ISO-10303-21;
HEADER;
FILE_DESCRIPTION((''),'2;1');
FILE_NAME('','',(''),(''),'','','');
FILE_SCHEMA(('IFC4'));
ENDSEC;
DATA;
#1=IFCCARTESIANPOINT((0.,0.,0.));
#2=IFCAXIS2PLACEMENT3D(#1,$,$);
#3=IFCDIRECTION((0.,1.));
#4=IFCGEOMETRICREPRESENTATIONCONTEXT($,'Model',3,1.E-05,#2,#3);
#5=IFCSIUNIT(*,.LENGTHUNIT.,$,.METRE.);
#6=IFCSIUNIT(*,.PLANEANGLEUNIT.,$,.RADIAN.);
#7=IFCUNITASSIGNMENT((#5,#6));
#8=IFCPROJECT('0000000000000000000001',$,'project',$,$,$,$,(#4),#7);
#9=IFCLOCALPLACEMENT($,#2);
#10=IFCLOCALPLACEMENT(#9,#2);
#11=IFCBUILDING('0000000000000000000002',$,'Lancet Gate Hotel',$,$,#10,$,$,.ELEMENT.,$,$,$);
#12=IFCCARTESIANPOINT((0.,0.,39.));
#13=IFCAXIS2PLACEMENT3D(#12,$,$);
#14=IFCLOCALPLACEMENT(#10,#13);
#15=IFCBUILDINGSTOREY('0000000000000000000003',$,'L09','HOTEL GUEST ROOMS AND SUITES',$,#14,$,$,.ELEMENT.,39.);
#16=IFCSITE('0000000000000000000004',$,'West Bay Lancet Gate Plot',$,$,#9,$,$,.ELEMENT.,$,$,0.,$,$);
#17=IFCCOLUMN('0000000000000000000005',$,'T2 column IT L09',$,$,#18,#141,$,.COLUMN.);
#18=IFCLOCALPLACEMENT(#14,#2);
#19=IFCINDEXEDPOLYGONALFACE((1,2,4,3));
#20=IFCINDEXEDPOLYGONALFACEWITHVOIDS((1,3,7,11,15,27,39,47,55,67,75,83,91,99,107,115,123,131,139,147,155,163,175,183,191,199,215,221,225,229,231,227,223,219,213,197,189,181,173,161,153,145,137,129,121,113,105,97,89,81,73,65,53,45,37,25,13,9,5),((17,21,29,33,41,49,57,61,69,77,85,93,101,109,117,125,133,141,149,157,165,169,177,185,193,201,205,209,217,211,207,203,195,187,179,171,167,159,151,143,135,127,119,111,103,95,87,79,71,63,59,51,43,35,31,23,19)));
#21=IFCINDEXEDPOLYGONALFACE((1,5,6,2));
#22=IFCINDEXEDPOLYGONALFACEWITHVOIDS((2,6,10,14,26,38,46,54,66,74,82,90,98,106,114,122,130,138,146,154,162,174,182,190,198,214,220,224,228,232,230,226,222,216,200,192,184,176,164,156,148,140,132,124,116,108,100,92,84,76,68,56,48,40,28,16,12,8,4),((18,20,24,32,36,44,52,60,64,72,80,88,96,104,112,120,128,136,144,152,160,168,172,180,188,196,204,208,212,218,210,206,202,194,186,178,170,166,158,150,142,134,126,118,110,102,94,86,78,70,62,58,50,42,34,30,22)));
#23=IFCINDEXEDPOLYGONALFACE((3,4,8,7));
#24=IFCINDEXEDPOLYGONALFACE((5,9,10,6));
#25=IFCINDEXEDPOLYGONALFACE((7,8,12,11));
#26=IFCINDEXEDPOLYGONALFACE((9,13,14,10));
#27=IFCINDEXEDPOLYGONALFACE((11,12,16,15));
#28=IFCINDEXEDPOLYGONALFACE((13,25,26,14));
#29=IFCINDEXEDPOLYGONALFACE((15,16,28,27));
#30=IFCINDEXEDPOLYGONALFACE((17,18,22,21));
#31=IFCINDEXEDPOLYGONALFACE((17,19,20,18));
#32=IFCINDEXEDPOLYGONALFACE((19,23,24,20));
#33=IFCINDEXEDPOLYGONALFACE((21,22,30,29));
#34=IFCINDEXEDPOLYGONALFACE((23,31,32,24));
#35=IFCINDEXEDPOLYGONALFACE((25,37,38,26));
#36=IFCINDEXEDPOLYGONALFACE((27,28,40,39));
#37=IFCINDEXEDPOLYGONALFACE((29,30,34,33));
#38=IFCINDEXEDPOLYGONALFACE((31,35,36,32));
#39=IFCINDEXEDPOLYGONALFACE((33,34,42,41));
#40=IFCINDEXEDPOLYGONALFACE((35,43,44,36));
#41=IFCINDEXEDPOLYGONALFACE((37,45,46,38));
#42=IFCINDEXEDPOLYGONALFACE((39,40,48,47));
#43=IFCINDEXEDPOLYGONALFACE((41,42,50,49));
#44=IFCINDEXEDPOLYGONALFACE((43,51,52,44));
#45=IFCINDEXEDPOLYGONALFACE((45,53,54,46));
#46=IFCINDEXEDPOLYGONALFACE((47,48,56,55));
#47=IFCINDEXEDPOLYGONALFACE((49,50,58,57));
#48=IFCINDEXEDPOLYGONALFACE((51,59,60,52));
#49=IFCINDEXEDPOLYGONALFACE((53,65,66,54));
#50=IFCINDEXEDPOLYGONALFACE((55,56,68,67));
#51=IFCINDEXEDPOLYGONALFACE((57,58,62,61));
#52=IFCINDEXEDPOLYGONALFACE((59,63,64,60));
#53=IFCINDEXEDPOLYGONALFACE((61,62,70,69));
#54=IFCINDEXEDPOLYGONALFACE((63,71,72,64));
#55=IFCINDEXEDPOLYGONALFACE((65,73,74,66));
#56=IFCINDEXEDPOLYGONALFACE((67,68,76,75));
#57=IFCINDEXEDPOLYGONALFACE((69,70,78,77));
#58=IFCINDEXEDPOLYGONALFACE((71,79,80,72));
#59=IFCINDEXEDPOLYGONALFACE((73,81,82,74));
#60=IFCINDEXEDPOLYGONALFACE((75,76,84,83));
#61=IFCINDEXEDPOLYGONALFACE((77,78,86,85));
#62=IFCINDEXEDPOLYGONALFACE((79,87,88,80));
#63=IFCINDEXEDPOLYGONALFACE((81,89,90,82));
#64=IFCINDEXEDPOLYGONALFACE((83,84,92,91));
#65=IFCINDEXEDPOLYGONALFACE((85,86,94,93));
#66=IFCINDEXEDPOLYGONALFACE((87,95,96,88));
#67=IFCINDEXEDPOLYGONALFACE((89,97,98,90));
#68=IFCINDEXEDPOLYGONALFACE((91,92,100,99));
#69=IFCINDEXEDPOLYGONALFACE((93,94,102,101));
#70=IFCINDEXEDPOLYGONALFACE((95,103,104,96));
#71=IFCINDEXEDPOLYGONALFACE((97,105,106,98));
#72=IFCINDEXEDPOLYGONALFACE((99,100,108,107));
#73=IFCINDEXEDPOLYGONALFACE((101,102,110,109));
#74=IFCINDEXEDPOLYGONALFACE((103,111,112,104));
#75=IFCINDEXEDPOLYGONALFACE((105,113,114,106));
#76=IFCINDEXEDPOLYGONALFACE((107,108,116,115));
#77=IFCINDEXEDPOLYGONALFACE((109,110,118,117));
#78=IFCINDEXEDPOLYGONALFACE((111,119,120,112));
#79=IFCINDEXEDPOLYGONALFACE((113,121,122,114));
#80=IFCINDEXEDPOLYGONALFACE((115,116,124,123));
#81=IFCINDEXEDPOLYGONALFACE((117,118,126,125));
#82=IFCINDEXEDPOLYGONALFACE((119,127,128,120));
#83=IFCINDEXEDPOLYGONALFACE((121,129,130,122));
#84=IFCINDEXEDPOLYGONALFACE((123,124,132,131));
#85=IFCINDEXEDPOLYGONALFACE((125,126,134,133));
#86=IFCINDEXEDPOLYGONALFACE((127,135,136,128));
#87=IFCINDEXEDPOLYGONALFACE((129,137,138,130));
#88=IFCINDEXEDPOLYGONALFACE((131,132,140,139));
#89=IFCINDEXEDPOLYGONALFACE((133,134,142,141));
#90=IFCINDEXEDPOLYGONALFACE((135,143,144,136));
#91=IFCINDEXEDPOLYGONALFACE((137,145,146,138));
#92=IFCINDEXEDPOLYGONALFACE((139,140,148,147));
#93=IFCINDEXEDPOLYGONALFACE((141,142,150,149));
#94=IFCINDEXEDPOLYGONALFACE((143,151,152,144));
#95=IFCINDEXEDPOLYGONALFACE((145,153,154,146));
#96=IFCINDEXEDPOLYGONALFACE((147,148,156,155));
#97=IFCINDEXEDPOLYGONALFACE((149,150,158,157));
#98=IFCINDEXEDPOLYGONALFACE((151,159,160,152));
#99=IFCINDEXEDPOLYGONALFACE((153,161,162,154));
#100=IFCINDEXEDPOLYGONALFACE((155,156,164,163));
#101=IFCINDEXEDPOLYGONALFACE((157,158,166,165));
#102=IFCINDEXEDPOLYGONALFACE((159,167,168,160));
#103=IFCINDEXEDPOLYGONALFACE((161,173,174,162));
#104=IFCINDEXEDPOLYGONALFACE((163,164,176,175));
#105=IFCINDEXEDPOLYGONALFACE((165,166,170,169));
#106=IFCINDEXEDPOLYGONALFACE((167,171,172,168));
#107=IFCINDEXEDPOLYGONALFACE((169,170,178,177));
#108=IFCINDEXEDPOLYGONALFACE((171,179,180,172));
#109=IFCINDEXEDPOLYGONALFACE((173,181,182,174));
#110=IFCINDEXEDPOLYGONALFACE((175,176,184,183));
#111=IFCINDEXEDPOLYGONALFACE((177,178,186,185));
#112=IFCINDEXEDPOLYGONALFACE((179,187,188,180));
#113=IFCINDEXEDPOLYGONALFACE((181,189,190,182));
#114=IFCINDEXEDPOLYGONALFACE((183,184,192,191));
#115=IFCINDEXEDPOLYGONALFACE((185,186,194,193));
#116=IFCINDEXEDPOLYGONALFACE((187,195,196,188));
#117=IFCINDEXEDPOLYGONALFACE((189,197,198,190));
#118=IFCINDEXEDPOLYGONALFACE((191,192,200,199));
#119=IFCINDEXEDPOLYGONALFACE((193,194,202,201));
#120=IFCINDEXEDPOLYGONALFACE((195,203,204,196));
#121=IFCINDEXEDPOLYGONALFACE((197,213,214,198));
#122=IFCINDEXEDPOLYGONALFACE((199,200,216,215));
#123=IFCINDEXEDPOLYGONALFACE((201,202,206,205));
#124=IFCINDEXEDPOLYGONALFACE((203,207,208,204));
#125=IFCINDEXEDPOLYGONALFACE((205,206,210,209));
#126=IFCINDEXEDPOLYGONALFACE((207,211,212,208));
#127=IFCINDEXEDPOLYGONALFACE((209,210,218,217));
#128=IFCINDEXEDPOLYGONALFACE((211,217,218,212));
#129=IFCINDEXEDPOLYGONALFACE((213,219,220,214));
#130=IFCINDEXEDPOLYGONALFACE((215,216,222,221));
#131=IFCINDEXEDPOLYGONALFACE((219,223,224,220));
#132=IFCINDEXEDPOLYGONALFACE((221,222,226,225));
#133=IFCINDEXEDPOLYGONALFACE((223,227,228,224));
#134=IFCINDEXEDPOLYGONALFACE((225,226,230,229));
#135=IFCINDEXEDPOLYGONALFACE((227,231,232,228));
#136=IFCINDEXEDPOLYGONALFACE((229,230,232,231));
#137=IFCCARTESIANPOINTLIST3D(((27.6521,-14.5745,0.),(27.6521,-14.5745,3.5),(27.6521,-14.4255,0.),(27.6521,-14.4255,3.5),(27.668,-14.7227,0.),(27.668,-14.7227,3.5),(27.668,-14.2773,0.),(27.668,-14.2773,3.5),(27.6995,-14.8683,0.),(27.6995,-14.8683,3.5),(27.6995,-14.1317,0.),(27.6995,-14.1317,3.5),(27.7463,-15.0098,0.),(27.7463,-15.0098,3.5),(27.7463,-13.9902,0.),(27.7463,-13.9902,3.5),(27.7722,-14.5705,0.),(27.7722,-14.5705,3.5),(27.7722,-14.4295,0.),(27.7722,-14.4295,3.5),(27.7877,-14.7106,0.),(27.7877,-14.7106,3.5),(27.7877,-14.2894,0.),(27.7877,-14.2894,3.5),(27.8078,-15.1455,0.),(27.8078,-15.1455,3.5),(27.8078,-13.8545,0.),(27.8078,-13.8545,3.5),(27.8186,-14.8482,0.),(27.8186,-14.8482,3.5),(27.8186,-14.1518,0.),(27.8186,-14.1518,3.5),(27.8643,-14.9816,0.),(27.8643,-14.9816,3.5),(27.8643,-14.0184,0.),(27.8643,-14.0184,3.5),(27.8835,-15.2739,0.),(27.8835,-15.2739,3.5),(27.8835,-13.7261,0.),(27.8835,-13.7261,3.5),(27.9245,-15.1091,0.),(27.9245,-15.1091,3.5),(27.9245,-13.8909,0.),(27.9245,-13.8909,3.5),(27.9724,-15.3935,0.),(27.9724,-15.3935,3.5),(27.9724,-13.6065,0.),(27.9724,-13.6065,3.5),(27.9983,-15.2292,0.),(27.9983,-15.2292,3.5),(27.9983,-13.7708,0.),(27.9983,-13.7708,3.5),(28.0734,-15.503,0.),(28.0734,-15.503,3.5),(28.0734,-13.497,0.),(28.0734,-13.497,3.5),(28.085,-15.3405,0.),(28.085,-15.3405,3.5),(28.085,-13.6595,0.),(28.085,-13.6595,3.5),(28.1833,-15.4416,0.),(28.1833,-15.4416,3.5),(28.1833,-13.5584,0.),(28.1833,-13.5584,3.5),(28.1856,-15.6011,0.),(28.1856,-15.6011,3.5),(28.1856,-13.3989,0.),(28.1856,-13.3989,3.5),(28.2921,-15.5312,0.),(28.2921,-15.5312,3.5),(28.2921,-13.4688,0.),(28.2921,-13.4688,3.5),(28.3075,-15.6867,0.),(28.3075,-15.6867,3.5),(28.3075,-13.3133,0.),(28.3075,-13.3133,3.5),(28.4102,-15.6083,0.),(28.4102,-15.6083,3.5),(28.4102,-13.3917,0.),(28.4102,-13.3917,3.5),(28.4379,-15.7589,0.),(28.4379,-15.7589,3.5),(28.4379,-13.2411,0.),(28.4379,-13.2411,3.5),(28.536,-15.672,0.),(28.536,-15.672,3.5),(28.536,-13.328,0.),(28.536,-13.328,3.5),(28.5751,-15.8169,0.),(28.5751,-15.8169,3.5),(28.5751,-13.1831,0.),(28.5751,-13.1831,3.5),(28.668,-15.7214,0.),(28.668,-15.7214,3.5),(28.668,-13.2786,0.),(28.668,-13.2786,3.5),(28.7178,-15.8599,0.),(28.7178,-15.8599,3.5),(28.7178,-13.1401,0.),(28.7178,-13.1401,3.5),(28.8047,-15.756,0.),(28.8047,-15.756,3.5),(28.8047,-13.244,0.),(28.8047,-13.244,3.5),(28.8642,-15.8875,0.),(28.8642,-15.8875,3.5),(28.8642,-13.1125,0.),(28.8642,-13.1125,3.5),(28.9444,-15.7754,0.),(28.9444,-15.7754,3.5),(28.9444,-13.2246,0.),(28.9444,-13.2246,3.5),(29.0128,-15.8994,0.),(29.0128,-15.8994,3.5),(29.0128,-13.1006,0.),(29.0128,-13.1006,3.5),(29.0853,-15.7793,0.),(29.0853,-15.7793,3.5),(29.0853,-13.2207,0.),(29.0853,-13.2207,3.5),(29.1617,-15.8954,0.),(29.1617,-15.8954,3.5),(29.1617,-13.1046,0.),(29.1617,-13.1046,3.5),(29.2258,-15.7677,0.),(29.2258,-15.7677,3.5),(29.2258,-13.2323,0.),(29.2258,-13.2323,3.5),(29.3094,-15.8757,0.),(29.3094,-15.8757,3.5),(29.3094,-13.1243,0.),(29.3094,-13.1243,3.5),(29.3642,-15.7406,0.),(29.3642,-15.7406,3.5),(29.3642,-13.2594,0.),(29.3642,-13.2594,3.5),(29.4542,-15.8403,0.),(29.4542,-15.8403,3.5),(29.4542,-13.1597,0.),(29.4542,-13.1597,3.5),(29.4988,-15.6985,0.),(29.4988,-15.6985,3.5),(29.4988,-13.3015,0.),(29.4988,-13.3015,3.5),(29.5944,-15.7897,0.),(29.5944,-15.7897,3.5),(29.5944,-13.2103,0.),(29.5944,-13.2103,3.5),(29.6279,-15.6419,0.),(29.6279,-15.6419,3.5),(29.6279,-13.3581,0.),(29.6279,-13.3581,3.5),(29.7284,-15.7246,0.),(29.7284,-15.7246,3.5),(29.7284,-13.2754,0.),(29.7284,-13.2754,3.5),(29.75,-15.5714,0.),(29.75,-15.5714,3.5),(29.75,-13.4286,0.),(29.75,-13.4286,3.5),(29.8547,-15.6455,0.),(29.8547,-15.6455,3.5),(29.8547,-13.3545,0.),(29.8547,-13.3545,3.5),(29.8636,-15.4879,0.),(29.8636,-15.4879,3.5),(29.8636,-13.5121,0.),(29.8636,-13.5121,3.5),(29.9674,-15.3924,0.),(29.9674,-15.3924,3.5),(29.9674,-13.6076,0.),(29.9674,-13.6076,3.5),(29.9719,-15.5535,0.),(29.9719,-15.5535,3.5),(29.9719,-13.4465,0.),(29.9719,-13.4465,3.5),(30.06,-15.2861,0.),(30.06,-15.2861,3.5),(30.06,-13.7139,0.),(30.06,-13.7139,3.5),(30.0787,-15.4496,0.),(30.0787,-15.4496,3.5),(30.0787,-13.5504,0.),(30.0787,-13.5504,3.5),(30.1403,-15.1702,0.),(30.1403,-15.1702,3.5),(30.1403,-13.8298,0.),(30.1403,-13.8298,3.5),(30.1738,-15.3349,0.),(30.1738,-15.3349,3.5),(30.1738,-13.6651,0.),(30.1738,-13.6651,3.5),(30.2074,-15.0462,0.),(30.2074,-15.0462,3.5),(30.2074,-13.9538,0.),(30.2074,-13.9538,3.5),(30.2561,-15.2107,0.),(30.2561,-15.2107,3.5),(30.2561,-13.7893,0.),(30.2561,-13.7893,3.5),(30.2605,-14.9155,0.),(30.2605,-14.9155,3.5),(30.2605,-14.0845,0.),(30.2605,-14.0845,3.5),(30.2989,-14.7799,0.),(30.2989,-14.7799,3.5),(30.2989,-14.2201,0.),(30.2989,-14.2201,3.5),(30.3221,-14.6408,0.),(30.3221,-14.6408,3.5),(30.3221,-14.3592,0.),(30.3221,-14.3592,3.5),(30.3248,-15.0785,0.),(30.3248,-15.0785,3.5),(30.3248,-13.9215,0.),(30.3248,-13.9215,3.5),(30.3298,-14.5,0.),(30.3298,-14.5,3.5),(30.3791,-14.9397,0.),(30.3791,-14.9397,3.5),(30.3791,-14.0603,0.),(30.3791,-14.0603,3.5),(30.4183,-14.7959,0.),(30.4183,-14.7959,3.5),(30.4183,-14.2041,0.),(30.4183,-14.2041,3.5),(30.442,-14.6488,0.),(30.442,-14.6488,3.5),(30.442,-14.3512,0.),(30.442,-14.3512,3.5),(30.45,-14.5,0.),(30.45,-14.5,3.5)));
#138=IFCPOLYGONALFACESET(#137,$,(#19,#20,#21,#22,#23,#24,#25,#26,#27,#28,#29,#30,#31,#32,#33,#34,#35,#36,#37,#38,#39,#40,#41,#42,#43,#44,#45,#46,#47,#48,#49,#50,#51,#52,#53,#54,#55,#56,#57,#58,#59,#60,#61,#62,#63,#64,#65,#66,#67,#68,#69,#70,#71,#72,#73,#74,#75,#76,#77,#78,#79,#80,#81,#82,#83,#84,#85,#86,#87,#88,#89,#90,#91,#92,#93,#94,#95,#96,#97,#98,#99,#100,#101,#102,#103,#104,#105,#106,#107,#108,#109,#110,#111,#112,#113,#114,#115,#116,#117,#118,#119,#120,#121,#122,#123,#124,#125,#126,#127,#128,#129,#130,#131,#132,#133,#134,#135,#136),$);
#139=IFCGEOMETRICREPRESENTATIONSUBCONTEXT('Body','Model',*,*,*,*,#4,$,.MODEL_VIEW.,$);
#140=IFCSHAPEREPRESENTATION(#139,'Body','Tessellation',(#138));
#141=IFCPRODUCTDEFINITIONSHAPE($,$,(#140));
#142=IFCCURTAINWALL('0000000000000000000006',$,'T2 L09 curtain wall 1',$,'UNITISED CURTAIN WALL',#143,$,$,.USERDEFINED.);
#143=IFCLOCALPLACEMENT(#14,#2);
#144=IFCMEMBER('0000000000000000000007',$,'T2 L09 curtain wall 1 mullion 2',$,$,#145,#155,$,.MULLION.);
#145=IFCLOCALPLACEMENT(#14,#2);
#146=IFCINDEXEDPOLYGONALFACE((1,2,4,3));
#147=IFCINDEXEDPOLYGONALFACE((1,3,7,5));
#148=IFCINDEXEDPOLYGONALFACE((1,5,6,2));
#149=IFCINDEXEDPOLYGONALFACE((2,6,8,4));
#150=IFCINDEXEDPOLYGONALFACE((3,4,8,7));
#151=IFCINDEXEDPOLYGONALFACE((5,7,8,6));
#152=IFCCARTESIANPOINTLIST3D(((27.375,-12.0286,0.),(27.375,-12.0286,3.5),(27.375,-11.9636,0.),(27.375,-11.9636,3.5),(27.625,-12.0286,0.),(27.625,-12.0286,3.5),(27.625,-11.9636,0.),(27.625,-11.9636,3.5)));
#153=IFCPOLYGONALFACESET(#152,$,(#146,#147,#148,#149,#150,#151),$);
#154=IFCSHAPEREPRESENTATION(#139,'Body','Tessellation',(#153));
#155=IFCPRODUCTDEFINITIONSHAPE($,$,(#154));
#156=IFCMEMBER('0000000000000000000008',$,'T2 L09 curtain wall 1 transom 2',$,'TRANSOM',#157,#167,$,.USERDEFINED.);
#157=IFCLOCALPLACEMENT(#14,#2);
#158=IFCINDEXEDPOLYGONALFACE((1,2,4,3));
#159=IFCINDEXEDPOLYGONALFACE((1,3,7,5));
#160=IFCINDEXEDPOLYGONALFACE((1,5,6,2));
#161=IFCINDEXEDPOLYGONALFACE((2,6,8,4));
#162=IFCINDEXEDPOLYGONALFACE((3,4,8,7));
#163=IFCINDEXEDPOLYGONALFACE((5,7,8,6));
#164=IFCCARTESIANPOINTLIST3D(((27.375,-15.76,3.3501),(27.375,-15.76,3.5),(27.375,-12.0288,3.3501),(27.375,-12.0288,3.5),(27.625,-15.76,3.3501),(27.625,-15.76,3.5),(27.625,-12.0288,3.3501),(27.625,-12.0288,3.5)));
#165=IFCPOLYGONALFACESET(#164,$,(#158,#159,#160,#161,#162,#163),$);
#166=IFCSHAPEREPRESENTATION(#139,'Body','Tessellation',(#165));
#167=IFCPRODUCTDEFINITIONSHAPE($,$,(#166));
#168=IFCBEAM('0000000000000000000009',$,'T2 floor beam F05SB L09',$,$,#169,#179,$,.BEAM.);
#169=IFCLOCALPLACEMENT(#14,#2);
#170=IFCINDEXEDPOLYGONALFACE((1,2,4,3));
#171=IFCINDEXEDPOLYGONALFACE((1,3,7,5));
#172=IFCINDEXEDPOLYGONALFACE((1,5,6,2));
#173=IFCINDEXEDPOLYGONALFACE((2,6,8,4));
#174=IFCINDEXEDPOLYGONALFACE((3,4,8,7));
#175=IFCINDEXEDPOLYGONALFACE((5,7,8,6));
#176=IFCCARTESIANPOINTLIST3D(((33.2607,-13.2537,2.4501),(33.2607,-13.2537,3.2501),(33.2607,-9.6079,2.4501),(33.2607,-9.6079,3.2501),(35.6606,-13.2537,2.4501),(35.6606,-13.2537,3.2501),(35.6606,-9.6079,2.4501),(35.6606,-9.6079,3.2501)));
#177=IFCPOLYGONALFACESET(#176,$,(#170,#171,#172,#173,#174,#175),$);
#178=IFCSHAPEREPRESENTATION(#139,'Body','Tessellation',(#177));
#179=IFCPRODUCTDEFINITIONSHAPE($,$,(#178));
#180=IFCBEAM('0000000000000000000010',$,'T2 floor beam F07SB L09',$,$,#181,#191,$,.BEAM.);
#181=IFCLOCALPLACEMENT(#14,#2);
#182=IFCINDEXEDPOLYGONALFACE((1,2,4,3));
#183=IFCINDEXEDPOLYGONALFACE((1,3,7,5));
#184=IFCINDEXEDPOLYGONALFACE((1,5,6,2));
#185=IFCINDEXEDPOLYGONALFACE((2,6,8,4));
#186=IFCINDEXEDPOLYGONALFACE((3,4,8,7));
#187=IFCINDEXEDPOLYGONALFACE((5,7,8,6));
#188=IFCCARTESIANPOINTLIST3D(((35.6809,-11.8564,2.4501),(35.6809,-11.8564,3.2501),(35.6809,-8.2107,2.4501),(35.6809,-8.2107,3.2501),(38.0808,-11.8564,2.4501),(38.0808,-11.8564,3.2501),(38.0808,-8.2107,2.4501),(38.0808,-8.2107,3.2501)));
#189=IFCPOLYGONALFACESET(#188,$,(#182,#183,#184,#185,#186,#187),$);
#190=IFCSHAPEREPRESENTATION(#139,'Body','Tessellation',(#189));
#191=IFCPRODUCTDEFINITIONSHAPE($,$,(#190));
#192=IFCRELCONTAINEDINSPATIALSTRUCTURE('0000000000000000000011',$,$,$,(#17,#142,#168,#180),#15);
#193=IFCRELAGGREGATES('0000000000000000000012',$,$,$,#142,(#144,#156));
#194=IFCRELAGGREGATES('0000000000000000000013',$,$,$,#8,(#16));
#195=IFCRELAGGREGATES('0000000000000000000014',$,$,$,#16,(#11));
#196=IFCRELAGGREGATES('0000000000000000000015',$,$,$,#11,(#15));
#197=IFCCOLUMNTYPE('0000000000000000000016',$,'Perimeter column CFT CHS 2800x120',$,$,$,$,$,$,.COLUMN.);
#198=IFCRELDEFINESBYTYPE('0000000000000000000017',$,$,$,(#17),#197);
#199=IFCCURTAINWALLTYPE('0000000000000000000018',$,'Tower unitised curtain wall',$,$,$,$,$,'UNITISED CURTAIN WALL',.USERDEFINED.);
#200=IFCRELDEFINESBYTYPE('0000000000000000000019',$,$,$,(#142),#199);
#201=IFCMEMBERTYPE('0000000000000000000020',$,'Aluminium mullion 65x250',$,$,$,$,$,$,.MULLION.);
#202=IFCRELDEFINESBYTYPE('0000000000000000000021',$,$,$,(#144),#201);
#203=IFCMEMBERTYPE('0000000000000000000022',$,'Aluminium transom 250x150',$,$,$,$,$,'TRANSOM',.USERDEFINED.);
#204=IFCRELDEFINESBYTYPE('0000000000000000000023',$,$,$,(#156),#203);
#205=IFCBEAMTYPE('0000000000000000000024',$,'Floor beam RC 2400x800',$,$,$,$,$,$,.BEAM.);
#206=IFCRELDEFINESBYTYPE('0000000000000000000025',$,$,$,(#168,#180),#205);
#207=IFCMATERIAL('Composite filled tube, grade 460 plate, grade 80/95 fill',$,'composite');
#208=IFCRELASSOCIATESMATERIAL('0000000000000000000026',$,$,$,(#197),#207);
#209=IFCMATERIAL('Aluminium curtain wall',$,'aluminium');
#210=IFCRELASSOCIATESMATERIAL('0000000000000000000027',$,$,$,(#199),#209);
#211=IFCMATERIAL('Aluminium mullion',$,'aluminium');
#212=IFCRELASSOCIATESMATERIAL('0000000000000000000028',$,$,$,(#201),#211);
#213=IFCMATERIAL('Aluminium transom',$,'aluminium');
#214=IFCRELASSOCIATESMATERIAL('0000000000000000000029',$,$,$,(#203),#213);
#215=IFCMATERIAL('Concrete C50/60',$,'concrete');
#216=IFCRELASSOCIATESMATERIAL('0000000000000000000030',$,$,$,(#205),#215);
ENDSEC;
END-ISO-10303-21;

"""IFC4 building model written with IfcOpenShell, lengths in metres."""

from ifc_helpers import new_model, si_unit, direction, frame, origin, origin_2d, place, context, subcontext, project, spatial, rectangle, hollow_circle, extrude, material, material_profile, profile_set, type_object, element, aggregate, save


model = new_model("IFC4")

# Units and contexts
model_context = context("Model", 3, precision=1e-05, world=origin(), true_north=direction((0.0, 1.0)))
body_context = subcontext(model_context, "Body", "Model", "MODEL_VIEW")
ifc_project = project(units=[si_unit("LENGTHUNIT", "METRE"), si_unit("PLANEANGLEUNIT", "RADIAN")], contexts=[model_context])

# Site, building, storey
site_placement = place(None, origin())
site = spatial("IfcSite", under=ifc_project, at=site_placement, Name="West Bay Lancet Gate Plot", CompositionType="ELEMENT", RefElevation=0.0)
building_placement = place(site_placement, origin())
building = spatial("IfcBuilding", under=site, at=building_placement, Name="Lancet Gate Hotel", CompositionType="ELEMENT")
storey_placement = place(building_placement, frame((0.0, 0.0, 39.0)))
storey = spatial("IfcBuildingStorey", under=building, at=storey_placement, Name="L09", Description="HOTEL GUEST ROOMS AND SUITES", CompositionType="ELEMENT", Elevation=39.0)

# Column
ifc_material_1 = material(Name="Composite filled tube, grade 460 plate, grade 80/95 fill", Category="composite")
ifc_material_profile_1 = material_profile(ifc_material_1, hollow_circle(Radius=1.3999, WallThickness=0.1201, at=origin_2d()), Name="CHS 2800x120")
ifc_profile_set_1 = profile_set([ifc_material_profile_1], Name="Composite filled tube, grade 460 plate, grade 80/95 fill")
column_type = type_object("IfcColumnType", Name="Perimeter column CFT CHS 2800x120", PredefinedType="COLUMN", material=ifc_profile_set_1)
for number, where, z_axis, x_axis, name in (
    (1, (29.05, -14.5, 0.0), (0.0, 0.0, 1.0), (1.0, 0.0, 0.0), "T2 column IT L09"),
):
    element("IfcColumn", number, at=place(storey_placement, frame(where, z_axis=z_axis, x_axis=x_axis)), inside=storey, type_object=column_type, Name=name, PredefinedType="COLUMN", context=body_context, shape_type="SweptSolid", body=[
        extrude(hollow_circle(Radius=1.3999, WallThickness=0.1201, at=origin_2d()), origin(), (0.0, 0.0, 1.0), 3.5),
    ])

# Curtain wall, members
ifc_material_2 = material(Name="Aluminium curtain wall", Category="aluminium")
curtain_wall_type = type_object("IfcCurtainWallType", Name="Tower unitised curtain wall", ElementType="UNITISED CURTAIN WALL", PredefinedType="USERDEFINED", material=ifc_material_2)
curtain_wall_placement = place(storey_placement, origin())
curtain_wall = element("IfcCurtainWall", 2, at=curtain_wall_placement, inside=storey, type_object=curtain_wall_type, Name="T2 L09 curtain wall 1", ObjectType="UNITISED CURTAIN WALL", PredefinedType="USERDEFINED")
ifc_material_3 = material(Name="Aluminium mullion", Category="aluminium")
ifc_material_profile_2 = material_profile(ifc_material_3, rectangle(XDim=0.0649, YDim=0.25, at=origin_2d()), Name="MULLION 65x250")
ifc_profile_set_2 = profile_set([ifc_material_profile_2], Name="Aluminium mullion")
member_type_1 = type_object("IfcMemberType", Name="Aluminium mullion 65x250", PredefinedType="MULLION", material=ifc_profile_set_2)
member_1_placement = place(storey_placement, frame((27.5, -11.9961, 0.0), z_axis=(0.0, 0.0, 1.0), x_axis=(0.0, -1.0, 0.0)))
member_1 = element("IfcMember", 3, at=member_1_placement, type_object=member_type_1, Name="T2 L09 curtain wall 1 mullion 2", PredefinedType="MULLION", context=body_context, shape_type="SweptSolid", body=[
    extrude(rectangle(XDim=0.0649, YDim=0.25, at=origin_2d()), origin(), (0.0, 0.0, 1.0), 3.5),
])
ifc_material_4 = material(Name="Aluminium transom", Category="aluminium")
ifc_material_profile_3 = material_profile(ifc_material_4, rectangle(XDim=0.25, YDim=0.1499, at=origin_2d()), Name="TRANSOM 250x150")
ifc_profile_set_3 = profile_set([ifc_material_profile_3], Name="Aluminium transom")
member_type_2 = type_object("IfcMemberType", Name="Aluminium transom 250x150", ElementType="TRANSOM", PredefinedType="USERDEFINED", material=ifc_profile_set_3)
member_2_placement = place(storey_placement, frame((27.5, -12.0288, 3.425), z_axis=(0.0, -1.0, 0.0), x_axis=(1.0, 0.0, 0.0)))
member_2 = element("IfcMember", 4, at=member_2_placement, type_object=member_type_2, Name="T2 L09 curtain wall 1 transom 2", ObjectType="TRANSOM", PredefinedType="USERDEFINED", context=body_context, shape_type="SweptSolid", body=[
    extrude(rectangle(XDim=0.25, YDim=0.1499, at=origin_2d()), origin(), (0.0, 0.0, 1.0), 3.7312),
])

# Beams
ifc_material_5 = material(Name="Concrete C50/60", Category="concrete")
ifc_material_profile_4 = material_profile(ifc_material_5, rectangle(XDim=2.3999, YDim=0.8, at=origin_2d()), Name="RC 2400x800")
ifc_profile_set_4 = profile_set([ifc_material_profile_4], Name="Concrete C50/60")
beam_type_1 = type_object("IfcBeamType", Name="Floor beam RC 2400x800", PredefinedType="BEAM", material=ifc_profile_set_4)
for number, where, z_axis, x_axis, name in (
    (5, (34.4607, -13.2537, 2.8501), (0.0, 1.0, 0.0), (-1.0, 0.0, 0.0), "T2 floor beam F05SB L09"),
    (6, (36.8809, -11.8564, 2.8501), (0.0, 1.0, 0.0), (-1.0, 0.0, 0.0), "T2 floor beam F07SB L09"),
):
    element("IfcBeam", number, at=place(storey_placement, frame(where, z_axis=z_axis, x_axis=x_axis)), inside=storey, type_object=beam_type_1, Name=name, PredefinedType="BEAM", context=body_context, shape_type="SweptSolid", body=[
        extrude(rectangle(XDim=2.3999, YDim=0.8, at=origin_2d()), origin(), (0.0, 0.0, 1.0), 3.6458),
    ])

aggregate(curtain_wall, [member_1, member_2])

save(model, "model.ifc")
